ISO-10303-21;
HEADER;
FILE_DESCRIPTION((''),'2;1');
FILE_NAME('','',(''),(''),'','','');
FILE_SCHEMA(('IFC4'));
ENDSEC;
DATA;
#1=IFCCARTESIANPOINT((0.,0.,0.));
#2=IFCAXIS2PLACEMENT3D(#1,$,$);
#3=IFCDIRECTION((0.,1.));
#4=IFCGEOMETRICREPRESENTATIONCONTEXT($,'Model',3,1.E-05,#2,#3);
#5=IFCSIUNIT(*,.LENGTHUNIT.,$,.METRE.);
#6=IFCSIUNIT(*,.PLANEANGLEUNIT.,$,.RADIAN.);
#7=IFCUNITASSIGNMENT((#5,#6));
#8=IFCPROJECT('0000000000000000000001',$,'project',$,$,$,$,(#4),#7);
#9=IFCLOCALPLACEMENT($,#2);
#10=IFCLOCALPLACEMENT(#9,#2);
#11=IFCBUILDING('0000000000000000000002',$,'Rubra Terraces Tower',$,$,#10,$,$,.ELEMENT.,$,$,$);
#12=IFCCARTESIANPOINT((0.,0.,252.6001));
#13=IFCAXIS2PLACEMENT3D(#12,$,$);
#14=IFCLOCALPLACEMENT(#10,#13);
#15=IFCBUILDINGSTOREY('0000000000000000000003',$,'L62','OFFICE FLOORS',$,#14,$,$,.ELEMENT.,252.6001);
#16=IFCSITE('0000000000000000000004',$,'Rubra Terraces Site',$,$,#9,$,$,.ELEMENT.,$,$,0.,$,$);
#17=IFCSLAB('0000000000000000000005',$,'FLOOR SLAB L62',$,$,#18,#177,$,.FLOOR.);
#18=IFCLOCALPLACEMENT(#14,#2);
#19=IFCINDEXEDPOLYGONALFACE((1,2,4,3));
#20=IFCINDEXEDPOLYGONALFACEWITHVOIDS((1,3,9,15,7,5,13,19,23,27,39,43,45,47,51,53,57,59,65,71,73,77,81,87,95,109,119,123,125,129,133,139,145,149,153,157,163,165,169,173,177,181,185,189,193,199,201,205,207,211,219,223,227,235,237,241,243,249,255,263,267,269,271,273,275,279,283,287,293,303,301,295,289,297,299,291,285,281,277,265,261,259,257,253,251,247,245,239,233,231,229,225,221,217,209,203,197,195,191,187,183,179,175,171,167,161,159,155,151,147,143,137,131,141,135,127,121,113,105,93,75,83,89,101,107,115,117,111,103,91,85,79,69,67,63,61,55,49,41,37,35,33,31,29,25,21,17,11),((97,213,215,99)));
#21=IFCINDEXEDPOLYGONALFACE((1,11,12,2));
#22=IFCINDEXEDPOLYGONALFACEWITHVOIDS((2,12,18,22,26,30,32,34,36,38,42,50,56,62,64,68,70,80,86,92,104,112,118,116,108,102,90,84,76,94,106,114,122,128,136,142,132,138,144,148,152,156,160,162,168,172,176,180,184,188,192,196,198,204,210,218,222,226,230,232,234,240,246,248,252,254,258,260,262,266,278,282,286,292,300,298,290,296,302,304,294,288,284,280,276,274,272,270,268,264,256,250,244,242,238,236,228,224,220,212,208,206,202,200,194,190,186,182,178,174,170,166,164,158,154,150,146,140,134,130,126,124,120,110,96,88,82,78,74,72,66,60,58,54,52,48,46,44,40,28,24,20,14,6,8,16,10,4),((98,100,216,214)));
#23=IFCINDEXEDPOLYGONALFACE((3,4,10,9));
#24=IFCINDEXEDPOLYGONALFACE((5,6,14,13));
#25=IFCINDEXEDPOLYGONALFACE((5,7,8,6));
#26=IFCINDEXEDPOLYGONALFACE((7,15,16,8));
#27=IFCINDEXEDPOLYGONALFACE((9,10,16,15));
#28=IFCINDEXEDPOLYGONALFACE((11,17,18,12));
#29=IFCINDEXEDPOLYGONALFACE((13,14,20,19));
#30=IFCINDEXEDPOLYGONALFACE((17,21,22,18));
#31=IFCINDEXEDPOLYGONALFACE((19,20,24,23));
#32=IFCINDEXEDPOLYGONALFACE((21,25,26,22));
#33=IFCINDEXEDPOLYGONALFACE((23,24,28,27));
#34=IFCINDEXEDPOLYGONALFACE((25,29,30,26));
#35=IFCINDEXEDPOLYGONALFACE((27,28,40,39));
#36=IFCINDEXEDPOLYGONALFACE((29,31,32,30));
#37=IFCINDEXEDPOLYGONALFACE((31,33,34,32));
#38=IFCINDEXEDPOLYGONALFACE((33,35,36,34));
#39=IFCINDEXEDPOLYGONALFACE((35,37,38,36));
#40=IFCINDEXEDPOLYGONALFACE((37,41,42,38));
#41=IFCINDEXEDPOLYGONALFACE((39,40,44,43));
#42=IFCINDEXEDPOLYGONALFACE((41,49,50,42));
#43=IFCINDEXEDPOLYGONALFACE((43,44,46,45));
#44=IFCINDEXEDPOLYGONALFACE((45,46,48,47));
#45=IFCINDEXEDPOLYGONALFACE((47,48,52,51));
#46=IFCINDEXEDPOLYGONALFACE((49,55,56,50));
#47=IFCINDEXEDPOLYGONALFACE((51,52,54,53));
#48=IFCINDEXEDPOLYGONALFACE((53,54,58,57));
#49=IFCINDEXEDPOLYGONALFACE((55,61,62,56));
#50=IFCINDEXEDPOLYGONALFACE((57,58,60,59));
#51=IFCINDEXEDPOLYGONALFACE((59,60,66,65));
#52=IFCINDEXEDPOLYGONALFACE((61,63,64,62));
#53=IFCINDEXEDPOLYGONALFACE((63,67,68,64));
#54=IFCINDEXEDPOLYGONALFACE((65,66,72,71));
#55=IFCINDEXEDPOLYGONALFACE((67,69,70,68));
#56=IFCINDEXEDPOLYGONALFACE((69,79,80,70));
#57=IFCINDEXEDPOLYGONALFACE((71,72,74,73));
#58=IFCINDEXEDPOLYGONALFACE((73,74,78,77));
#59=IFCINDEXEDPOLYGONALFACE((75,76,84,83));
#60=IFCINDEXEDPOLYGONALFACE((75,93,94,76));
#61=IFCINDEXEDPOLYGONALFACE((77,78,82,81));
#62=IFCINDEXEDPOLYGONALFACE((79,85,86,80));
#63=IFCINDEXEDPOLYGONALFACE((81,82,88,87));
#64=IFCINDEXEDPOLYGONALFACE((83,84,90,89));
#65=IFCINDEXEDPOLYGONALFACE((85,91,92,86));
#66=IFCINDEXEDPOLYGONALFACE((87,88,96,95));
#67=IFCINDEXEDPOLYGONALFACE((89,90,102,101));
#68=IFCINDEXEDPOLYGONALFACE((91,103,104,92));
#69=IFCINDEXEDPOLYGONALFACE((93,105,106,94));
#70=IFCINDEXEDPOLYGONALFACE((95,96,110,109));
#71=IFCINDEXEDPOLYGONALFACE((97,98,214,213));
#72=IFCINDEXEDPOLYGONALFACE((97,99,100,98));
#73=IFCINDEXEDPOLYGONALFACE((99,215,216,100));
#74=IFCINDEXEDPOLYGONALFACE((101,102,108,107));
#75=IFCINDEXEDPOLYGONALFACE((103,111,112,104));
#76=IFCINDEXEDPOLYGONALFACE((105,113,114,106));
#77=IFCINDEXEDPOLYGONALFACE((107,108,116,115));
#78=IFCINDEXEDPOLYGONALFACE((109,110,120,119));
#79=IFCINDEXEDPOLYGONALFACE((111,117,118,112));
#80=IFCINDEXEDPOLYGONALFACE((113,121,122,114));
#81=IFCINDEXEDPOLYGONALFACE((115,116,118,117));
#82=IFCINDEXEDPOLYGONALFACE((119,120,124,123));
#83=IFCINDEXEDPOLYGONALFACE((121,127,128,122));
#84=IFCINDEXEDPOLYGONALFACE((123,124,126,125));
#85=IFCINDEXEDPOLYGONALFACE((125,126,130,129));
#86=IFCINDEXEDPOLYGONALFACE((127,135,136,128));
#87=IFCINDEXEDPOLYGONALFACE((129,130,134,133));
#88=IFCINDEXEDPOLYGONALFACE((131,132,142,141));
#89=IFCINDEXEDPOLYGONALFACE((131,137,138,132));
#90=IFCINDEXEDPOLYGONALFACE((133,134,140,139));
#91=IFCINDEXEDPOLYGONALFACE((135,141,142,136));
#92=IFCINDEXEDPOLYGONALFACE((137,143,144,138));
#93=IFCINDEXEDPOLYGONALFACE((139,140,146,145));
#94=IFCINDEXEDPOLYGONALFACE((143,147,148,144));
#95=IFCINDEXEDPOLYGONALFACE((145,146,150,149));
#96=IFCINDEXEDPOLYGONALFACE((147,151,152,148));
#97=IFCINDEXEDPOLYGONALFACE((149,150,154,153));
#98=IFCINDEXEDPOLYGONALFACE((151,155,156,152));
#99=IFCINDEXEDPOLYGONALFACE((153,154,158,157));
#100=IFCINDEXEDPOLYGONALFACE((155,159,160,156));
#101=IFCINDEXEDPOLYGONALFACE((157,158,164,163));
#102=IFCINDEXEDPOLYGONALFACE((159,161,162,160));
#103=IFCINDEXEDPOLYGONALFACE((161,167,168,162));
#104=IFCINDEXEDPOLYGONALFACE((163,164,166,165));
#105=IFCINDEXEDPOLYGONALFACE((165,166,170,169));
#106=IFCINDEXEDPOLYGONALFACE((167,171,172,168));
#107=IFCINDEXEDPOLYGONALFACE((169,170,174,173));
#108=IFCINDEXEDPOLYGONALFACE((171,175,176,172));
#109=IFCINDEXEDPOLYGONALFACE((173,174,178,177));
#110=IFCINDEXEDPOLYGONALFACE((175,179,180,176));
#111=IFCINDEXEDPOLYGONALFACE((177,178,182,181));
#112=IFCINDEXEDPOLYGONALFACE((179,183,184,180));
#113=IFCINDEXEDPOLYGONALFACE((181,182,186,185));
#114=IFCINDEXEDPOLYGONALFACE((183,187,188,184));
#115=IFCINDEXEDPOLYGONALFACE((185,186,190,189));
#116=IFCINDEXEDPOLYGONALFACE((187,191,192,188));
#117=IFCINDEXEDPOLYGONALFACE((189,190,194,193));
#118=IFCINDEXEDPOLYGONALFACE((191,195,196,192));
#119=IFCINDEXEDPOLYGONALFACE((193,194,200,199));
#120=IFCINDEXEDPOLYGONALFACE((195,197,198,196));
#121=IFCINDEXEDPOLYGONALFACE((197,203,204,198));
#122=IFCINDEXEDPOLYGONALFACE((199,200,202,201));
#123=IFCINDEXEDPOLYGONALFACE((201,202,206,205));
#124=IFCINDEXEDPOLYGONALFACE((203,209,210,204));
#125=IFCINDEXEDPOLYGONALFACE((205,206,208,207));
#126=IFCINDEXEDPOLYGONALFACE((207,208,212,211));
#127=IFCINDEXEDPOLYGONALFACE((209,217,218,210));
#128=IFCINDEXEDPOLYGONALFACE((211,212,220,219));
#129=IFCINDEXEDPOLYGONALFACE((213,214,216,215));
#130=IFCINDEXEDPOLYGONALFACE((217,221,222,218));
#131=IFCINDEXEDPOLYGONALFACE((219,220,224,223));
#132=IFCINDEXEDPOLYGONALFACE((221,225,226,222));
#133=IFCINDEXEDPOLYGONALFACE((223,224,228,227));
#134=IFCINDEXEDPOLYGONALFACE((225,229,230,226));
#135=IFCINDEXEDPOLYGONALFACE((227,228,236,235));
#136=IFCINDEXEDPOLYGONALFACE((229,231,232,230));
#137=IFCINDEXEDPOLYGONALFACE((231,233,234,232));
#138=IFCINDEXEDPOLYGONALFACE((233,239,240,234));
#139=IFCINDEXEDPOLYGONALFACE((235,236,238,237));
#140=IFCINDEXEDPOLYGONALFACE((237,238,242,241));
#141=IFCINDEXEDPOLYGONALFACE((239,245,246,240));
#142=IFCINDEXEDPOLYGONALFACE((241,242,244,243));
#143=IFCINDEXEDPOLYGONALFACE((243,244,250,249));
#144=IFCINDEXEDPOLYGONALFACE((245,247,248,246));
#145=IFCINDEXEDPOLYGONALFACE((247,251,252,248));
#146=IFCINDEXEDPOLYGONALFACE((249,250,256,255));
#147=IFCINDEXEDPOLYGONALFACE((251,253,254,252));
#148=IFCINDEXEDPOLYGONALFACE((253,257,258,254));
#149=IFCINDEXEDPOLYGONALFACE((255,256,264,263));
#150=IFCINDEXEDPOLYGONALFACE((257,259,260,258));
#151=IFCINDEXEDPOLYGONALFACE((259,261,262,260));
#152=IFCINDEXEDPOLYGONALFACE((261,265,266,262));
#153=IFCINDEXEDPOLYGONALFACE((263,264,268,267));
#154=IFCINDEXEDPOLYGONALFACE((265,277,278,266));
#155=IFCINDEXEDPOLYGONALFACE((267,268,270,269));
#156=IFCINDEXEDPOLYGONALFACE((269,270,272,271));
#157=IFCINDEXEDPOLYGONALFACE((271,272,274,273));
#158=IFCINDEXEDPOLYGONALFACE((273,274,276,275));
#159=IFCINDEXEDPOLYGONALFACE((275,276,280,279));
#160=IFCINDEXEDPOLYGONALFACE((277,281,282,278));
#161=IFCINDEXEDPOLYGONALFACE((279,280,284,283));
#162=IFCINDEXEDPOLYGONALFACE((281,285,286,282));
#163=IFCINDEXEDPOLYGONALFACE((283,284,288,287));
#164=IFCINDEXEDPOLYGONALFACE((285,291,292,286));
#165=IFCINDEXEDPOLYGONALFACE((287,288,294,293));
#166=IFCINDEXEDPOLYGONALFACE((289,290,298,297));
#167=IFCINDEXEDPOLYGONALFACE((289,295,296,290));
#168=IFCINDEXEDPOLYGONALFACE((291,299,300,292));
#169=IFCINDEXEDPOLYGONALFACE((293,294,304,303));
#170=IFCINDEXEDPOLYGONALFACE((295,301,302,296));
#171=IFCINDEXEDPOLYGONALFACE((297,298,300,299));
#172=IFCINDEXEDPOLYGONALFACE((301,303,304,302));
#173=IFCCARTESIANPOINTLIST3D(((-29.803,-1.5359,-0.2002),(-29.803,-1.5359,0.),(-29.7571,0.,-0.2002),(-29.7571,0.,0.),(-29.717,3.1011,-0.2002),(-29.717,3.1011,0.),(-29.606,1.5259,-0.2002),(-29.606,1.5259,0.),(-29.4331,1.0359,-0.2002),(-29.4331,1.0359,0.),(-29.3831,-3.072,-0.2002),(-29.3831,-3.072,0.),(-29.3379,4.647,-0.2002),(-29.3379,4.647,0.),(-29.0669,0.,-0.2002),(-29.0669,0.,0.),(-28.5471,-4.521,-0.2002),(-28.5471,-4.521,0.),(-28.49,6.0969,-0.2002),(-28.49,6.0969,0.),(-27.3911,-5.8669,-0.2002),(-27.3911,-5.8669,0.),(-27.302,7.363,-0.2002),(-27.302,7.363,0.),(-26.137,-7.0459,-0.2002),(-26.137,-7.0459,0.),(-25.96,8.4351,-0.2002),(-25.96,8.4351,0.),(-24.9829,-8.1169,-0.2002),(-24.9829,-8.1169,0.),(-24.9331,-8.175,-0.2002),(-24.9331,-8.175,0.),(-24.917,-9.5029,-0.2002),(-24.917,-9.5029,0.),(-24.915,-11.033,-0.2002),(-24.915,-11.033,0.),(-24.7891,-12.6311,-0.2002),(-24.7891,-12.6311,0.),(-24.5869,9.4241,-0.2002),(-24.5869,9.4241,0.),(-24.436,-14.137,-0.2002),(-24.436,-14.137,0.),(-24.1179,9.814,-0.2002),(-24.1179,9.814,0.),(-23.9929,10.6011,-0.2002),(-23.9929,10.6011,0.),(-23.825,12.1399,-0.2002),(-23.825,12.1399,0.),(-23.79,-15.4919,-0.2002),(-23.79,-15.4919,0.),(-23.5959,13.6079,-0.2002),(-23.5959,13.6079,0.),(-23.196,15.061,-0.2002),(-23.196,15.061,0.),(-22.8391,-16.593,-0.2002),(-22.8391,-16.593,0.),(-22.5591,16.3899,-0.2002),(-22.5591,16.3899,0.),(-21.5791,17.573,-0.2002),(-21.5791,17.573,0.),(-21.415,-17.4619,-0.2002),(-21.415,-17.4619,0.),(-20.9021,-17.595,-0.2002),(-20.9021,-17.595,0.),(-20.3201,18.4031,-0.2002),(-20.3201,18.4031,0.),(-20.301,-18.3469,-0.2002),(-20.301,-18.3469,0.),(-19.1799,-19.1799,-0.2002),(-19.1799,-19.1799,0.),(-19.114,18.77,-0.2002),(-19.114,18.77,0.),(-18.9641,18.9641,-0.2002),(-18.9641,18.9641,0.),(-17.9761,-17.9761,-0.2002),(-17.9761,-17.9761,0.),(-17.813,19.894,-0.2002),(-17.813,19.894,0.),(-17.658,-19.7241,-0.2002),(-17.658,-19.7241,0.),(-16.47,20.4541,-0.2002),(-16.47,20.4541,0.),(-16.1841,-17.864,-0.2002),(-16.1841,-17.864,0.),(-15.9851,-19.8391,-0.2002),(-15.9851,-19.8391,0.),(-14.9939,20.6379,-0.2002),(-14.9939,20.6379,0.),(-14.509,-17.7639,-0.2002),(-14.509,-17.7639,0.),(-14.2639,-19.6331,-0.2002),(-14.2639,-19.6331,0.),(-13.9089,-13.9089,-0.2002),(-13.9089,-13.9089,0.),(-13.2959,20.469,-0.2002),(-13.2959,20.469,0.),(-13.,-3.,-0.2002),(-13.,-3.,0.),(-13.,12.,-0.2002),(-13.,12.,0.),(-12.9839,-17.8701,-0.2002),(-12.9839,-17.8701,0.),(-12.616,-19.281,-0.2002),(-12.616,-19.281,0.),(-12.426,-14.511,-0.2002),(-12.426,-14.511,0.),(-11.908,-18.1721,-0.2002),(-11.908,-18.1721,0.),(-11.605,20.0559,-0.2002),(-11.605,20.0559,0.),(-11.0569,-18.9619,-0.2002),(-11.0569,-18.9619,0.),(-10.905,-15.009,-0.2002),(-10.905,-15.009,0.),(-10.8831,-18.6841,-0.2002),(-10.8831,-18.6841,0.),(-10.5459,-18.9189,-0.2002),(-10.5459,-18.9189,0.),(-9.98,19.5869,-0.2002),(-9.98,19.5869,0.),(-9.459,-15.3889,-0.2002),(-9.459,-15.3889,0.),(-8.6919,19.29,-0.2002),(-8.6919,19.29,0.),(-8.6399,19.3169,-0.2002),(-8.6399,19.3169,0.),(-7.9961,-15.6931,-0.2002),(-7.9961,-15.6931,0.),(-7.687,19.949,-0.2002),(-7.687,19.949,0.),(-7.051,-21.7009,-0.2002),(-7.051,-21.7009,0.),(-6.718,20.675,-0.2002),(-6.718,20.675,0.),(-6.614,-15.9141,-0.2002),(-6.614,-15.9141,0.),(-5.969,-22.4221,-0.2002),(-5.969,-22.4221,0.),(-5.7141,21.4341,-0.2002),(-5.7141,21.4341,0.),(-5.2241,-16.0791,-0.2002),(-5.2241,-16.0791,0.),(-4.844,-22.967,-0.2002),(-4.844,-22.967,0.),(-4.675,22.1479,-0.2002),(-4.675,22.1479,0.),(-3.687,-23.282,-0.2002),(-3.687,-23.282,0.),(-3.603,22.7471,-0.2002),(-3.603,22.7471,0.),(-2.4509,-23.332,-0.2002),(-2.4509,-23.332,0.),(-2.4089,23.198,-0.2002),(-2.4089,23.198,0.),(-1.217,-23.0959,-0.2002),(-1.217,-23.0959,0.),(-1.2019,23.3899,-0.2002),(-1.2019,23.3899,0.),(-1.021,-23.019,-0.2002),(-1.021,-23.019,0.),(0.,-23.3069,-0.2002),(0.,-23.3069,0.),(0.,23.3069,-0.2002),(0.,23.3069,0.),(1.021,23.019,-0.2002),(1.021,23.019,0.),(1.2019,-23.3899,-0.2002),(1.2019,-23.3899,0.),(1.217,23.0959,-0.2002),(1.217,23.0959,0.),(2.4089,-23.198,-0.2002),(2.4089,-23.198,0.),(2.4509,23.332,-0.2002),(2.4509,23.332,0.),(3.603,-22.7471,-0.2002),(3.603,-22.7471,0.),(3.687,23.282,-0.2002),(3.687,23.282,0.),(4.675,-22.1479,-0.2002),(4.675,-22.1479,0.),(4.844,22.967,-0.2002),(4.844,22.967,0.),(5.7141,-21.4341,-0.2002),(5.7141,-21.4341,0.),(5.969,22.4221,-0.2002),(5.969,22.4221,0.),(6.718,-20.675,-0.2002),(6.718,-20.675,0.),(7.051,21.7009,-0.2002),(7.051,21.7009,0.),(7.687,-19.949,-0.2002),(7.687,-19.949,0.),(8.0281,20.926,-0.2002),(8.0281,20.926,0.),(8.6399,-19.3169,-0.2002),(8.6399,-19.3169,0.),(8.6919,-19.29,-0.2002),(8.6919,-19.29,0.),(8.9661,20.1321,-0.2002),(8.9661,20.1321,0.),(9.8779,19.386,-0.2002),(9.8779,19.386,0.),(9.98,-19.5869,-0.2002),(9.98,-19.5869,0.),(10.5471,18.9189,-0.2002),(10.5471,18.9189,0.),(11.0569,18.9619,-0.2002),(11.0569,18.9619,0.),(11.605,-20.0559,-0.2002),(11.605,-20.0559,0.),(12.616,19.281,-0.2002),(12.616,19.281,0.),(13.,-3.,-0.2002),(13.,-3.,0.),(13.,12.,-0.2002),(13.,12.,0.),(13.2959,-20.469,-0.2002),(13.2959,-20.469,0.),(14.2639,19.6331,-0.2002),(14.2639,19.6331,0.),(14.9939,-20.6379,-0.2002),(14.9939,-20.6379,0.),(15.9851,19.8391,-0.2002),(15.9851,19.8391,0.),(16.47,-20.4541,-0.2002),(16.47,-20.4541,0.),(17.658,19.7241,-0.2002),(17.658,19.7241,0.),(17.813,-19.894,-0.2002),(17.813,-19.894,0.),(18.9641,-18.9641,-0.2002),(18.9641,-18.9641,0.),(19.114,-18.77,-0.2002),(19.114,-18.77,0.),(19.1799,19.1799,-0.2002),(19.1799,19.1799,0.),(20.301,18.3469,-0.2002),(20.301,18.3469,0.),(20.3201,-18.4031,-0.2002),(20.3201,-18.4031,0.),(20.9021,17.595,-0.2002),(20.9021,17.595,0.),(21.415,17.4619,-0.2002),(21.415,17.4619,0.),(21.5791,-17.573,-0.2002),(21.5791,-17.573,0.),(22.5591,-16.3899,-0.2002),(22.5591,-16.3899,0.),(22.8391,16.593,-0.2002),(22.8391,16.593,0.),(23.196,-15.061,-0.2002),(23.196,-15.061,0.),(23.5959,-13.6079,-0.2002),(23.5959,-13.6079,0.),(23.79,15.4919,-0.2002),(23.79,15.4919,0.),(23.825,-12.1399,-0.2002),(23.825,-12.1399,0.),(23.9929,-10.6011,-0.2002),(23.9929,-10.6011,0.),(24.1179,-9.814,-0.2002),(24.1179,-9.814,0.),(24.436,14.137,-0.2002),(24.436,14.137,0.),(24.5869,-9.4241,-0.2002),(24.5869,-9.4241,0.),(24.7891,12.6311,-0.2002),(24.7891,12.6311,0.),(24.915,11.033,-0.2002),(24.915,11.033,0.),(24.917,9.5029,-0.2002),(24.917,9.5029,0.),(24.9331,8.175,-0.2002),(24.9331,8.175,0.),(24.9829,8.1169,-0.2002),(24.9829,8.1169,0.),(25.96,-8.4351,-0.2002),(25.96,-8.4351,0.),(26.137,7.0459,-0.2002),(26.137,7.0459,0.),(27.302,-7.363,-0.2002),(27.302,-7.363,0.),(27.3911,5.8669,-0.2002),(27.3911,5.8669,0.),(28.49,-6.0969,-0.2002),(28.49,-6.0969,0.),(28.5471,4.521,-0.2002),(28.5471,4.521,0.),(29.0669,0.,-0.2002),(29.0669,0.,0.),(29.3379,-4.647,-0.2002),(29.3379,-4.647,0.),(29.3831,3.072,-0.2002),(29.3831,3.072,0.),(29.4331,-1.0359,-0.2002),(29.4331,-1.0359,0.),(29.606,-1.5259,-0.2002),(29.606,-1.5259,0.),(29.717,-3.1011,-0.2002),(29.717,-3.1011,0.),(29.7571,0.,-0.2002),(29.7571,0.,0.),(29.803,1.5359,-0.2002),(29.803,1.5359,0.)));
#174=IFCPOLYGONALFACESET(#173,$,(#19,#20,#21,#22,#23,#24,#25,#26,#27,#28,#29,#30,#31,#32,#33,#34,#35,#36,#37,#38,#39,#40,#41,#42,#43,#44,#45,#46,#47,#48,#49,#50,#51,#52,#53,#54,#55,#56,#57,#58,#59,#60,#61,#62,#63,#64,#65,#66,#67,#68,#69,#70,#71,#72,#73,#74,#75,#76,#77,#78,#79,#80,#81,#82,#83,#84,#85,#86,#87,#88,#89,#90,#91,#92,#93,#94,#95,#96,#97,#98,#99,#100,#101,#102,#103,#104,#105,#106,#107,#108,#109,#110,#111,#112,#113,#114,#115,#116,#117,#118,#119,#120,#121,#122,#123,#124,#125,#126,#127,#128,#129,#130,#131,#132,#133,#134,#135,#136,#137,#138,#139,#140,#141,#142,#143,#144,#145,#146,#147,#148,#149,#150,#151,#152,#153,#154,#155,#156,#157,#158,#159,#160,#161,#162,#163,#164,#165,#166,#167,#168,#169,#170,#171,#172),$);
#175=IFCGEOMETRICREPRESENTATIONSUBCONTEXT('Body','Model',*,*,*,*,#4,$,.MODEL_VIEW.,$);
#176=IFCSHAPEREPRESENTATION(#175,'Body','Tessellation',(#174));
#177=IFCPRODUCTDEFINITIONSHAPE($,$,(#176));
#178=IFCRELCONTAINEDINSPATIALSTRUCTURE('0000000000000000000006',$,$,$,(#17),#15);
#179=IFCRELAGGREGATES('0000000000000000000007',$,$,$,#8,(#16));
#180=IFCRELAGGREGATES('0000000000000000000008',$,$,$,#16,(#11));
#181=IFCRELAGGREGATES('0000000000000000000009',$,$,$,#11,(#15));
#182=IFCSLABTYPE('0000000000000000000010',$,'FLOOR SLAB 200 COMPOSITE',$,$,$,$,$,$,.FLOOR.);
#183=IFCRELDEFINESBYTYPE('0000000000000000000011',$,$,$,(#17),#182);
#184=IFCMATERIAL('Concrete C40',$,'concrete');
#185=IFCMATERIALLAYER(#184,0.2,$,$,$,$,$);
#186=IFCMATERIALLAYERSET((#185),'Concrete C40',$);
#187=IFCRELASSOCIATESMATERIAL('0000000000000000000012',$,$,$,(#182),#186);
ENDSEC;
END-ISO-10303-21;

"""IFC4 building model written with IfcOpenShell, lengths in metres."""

from ifc_helpers import new_model, si_unit, direction, frame, origin, place, context, subcontext, project, spatial, polyline, outline, extrude, material, layer, layer_set, type_object, element, save


model = new_model("IFC4")

# Units and contexts
model_context = context("Model", 3, precision=1e-05, world=origin(), true_north=direction((0.0, 1.0)))
body_context = subcontext(model_context, "Body", "Model", "MODEL_VIEW")
ifc_project = project(units=[si_unit("LENGTHUNIT", "METRE"), si_unit("PLANEANGLEUNIT", "RADIAN")], contexts=[model_context])

# Site, building, storey
site_placement = place(None, origin())
site = spatial("IfcSite", under=ifc_project, at=site_placement, Name="Rubra Terraces Site", CompositionType="ELEMENT", RefElevation=0.0)
building_placement = place(site_placement, origin())
building = spatial("IfcBuilding", under=site, at=building_placement, Name="Rubra Terraces Tower", CompositionType="ELEMENT")
storey_placement = place(building_placement, frame((0.0, 0.0, 252.6001)))
storey = spatial("IfcBuildingStorey", under=building, at=storey_placement, Name="L62", Description="OFFICE FLOORS", CompositionType="ELEMENT", Elevation=252.6001)

# Shared definitions
ifc_material_1 = material(Name="Concrete C40", Category="concrete")

# Slab
ifc_layer_1 = layer(ifc_material_1, 0.2)
ifc_layer_set_1 = layer_set([ifc_layer_1], Name="Concrete C40")
slab_type_1 = type_object("IfcSlabType", Name="FLOOR SLAB 200 COMPOSITE", PredefinedType="FLOOR", material=ifc_layer_set_1)
slab_1_placement = place(storey_placement, frame((0.0, 0.0, -0.2002)))
element("IfcSlab", 1, at=slab_1_placement, inside=storey, type_object=slab_type_1, Name="FLOOR SLAB L62", PredefinedType="FLOOR", context=body_context, shape_type="SweptSolid", body=[
    extrude(outline(polyline([(11.0569, 18.9619), (10.5471, 18.9189), (9.8779, 19.386), (8.9661, 20.1321), (8.0281, 20.926), (7.051, 21.7009), (5.969, 22.4221), (4.844, 22.967), (3.687, 23.282), (2.4509, 23.332), (1.217, 23.0959), (1.021, 23.019), (0.0, 23.3069), (-1.2019, 23.3899), (-2.4089, 23.198), (-3.603, 22.7471), (-4.675, 22.1479), (-5.7141, 21.4341), (-6.718, 20.675), (-7.687, 19.949), (-8.6399, 19.3169), (-8.6919, 19.29), (-9.98, 19.5869), (-11.605, 20.0559), (-13.2959, 20.469), (-14.9939, 20.6379), (-16.47, 20.4541), (-17.813, 19.894), (-18.9641, 18.9641), (-19.114, 18.77), (-20.3201, 18.4031), (-21.5791, 17.573), (-22.5591, 16.3899), (-23.196, 15.061), (-23.5959, 13.6079), (-23.825, 12.1399), (-23.9929, 10.6011), (-24.1179, 9.814), (-24.5869, 9.4241), (-25.96, 8.4351), (-27.302, 7.363), (-28.49, 6.0969), (-29.3379, 4.647), (-29.717, 3.1011), (-29.606, 1.5259), (-29.0669, 0.0), (-29.4331, 1.0359), (-29.7571, 0.0), (-29.803, -1.5359), (-29.3831, -3.072), (-28.5471, -4.521), (-27.3911, -5.8669), (-26.137, -7.0459), (-24.9829, -8.1169), (-24.9331, -8.175), (-24.917, -9.5029), (-24.915, -11.033), (-24.7891, -12.6311), (-24.436, -14.137), (-23.79, -15.4919), (-22.8391, -16.593), (-21.415, -17.4619), (-20.9021, -17.595), (-20.301, -18.3469), (-19.1799, -19.1799), (-17.658, -19.7241), (-15.9851, -19.8391), (-14.2639, -19.6331), (-12.616, -19.281), (-11.0569, -18.9619), (-10.5459, -18.9189), (-10.8831, -18.6841), (-11.908, -18.1721), (-12.9839, -17.8701), (-14.509, -17.7639), (-16.1841, -17.864), (-17.9761, -17.9761), (-13.9089, -13.9089), (-12.426, -14.511), (-10.905, -15.009), (-9.459, -15.3889), (-7.9961, -15.6931), (-6.614, -15.9141), (-5.2241, -16.0791), (-7.051, -21.7009), (-5.969, -22.4221), (-4.844, -22.967), (-3.687, -23.282), (-2.4509, -23.332), (-1.217, -23.0959), (-1.021, -23.019), (0.0, -23.3069), (1.2019, -23.3899), (2.4089, -23.198), (3.603, -22.7471), (4.675, -22.1479), (5.7141, -21.4341), (6.718, -20.675), (7.687, -19.949), (8.6399, -19.3169), (8.6919, -19.29), (9.98, -19.5869), (11.605, -20.0559), (13.2959, -20.469), (14.9939, -20.6379), (16.47, -20.4541), (17.813, -19.894), (18.9641, -18.9641), (19.114, -18.77), (20.3201, -18.4031), (21.5791, -17.573), (22.5591, -16.3899), (23.196, -15.061), (23.5959, -13.6079), (23.825, -12.1399), (23.9929, -10.6011), (24.1179, -9.814), (24.5869, -9.4241), (25.96, -8.4351), (27.302, -7.363), (28.49, -6.0969), (29.3379, -4.647), (29.717, -3.1011), (29.606, -1.5259), (29.0669, 0.0), (29.4331, -1.0359), (29.7571, 0.0), (29.803, 1.5359), (29.3831, 3.072), (28.5471, 4.521), (27.3911, 5.8669), (26.137, 7.0459), (24.9829, 8.1169), (24.9331, 8.175), (24.917, 9.5029), (24.915, 11.033), (24.7891, 12.6311), (24.436, 14.137), (23.79, 15.4919), (22.8391, 16.593), (21.415, 17.4619), (20.9021, 17.595), (20.301, 18.3469), (19.1799, 19.1799), (17.658, 19.7241), (15.9851, 19.8391), (14.2639, 19.6331), (12.616, 19.281), (11.0569, 18.9619)]), holes=[polyline([(13.0, 12.0), (13.0, -3.0), (-13.0, -3.0), (-13.0, 12.0), (13.0, 12.0)])]), origin(), (0.0, 0.0, 1.0), 0.2002),
])

save(model, "model.ifc")
